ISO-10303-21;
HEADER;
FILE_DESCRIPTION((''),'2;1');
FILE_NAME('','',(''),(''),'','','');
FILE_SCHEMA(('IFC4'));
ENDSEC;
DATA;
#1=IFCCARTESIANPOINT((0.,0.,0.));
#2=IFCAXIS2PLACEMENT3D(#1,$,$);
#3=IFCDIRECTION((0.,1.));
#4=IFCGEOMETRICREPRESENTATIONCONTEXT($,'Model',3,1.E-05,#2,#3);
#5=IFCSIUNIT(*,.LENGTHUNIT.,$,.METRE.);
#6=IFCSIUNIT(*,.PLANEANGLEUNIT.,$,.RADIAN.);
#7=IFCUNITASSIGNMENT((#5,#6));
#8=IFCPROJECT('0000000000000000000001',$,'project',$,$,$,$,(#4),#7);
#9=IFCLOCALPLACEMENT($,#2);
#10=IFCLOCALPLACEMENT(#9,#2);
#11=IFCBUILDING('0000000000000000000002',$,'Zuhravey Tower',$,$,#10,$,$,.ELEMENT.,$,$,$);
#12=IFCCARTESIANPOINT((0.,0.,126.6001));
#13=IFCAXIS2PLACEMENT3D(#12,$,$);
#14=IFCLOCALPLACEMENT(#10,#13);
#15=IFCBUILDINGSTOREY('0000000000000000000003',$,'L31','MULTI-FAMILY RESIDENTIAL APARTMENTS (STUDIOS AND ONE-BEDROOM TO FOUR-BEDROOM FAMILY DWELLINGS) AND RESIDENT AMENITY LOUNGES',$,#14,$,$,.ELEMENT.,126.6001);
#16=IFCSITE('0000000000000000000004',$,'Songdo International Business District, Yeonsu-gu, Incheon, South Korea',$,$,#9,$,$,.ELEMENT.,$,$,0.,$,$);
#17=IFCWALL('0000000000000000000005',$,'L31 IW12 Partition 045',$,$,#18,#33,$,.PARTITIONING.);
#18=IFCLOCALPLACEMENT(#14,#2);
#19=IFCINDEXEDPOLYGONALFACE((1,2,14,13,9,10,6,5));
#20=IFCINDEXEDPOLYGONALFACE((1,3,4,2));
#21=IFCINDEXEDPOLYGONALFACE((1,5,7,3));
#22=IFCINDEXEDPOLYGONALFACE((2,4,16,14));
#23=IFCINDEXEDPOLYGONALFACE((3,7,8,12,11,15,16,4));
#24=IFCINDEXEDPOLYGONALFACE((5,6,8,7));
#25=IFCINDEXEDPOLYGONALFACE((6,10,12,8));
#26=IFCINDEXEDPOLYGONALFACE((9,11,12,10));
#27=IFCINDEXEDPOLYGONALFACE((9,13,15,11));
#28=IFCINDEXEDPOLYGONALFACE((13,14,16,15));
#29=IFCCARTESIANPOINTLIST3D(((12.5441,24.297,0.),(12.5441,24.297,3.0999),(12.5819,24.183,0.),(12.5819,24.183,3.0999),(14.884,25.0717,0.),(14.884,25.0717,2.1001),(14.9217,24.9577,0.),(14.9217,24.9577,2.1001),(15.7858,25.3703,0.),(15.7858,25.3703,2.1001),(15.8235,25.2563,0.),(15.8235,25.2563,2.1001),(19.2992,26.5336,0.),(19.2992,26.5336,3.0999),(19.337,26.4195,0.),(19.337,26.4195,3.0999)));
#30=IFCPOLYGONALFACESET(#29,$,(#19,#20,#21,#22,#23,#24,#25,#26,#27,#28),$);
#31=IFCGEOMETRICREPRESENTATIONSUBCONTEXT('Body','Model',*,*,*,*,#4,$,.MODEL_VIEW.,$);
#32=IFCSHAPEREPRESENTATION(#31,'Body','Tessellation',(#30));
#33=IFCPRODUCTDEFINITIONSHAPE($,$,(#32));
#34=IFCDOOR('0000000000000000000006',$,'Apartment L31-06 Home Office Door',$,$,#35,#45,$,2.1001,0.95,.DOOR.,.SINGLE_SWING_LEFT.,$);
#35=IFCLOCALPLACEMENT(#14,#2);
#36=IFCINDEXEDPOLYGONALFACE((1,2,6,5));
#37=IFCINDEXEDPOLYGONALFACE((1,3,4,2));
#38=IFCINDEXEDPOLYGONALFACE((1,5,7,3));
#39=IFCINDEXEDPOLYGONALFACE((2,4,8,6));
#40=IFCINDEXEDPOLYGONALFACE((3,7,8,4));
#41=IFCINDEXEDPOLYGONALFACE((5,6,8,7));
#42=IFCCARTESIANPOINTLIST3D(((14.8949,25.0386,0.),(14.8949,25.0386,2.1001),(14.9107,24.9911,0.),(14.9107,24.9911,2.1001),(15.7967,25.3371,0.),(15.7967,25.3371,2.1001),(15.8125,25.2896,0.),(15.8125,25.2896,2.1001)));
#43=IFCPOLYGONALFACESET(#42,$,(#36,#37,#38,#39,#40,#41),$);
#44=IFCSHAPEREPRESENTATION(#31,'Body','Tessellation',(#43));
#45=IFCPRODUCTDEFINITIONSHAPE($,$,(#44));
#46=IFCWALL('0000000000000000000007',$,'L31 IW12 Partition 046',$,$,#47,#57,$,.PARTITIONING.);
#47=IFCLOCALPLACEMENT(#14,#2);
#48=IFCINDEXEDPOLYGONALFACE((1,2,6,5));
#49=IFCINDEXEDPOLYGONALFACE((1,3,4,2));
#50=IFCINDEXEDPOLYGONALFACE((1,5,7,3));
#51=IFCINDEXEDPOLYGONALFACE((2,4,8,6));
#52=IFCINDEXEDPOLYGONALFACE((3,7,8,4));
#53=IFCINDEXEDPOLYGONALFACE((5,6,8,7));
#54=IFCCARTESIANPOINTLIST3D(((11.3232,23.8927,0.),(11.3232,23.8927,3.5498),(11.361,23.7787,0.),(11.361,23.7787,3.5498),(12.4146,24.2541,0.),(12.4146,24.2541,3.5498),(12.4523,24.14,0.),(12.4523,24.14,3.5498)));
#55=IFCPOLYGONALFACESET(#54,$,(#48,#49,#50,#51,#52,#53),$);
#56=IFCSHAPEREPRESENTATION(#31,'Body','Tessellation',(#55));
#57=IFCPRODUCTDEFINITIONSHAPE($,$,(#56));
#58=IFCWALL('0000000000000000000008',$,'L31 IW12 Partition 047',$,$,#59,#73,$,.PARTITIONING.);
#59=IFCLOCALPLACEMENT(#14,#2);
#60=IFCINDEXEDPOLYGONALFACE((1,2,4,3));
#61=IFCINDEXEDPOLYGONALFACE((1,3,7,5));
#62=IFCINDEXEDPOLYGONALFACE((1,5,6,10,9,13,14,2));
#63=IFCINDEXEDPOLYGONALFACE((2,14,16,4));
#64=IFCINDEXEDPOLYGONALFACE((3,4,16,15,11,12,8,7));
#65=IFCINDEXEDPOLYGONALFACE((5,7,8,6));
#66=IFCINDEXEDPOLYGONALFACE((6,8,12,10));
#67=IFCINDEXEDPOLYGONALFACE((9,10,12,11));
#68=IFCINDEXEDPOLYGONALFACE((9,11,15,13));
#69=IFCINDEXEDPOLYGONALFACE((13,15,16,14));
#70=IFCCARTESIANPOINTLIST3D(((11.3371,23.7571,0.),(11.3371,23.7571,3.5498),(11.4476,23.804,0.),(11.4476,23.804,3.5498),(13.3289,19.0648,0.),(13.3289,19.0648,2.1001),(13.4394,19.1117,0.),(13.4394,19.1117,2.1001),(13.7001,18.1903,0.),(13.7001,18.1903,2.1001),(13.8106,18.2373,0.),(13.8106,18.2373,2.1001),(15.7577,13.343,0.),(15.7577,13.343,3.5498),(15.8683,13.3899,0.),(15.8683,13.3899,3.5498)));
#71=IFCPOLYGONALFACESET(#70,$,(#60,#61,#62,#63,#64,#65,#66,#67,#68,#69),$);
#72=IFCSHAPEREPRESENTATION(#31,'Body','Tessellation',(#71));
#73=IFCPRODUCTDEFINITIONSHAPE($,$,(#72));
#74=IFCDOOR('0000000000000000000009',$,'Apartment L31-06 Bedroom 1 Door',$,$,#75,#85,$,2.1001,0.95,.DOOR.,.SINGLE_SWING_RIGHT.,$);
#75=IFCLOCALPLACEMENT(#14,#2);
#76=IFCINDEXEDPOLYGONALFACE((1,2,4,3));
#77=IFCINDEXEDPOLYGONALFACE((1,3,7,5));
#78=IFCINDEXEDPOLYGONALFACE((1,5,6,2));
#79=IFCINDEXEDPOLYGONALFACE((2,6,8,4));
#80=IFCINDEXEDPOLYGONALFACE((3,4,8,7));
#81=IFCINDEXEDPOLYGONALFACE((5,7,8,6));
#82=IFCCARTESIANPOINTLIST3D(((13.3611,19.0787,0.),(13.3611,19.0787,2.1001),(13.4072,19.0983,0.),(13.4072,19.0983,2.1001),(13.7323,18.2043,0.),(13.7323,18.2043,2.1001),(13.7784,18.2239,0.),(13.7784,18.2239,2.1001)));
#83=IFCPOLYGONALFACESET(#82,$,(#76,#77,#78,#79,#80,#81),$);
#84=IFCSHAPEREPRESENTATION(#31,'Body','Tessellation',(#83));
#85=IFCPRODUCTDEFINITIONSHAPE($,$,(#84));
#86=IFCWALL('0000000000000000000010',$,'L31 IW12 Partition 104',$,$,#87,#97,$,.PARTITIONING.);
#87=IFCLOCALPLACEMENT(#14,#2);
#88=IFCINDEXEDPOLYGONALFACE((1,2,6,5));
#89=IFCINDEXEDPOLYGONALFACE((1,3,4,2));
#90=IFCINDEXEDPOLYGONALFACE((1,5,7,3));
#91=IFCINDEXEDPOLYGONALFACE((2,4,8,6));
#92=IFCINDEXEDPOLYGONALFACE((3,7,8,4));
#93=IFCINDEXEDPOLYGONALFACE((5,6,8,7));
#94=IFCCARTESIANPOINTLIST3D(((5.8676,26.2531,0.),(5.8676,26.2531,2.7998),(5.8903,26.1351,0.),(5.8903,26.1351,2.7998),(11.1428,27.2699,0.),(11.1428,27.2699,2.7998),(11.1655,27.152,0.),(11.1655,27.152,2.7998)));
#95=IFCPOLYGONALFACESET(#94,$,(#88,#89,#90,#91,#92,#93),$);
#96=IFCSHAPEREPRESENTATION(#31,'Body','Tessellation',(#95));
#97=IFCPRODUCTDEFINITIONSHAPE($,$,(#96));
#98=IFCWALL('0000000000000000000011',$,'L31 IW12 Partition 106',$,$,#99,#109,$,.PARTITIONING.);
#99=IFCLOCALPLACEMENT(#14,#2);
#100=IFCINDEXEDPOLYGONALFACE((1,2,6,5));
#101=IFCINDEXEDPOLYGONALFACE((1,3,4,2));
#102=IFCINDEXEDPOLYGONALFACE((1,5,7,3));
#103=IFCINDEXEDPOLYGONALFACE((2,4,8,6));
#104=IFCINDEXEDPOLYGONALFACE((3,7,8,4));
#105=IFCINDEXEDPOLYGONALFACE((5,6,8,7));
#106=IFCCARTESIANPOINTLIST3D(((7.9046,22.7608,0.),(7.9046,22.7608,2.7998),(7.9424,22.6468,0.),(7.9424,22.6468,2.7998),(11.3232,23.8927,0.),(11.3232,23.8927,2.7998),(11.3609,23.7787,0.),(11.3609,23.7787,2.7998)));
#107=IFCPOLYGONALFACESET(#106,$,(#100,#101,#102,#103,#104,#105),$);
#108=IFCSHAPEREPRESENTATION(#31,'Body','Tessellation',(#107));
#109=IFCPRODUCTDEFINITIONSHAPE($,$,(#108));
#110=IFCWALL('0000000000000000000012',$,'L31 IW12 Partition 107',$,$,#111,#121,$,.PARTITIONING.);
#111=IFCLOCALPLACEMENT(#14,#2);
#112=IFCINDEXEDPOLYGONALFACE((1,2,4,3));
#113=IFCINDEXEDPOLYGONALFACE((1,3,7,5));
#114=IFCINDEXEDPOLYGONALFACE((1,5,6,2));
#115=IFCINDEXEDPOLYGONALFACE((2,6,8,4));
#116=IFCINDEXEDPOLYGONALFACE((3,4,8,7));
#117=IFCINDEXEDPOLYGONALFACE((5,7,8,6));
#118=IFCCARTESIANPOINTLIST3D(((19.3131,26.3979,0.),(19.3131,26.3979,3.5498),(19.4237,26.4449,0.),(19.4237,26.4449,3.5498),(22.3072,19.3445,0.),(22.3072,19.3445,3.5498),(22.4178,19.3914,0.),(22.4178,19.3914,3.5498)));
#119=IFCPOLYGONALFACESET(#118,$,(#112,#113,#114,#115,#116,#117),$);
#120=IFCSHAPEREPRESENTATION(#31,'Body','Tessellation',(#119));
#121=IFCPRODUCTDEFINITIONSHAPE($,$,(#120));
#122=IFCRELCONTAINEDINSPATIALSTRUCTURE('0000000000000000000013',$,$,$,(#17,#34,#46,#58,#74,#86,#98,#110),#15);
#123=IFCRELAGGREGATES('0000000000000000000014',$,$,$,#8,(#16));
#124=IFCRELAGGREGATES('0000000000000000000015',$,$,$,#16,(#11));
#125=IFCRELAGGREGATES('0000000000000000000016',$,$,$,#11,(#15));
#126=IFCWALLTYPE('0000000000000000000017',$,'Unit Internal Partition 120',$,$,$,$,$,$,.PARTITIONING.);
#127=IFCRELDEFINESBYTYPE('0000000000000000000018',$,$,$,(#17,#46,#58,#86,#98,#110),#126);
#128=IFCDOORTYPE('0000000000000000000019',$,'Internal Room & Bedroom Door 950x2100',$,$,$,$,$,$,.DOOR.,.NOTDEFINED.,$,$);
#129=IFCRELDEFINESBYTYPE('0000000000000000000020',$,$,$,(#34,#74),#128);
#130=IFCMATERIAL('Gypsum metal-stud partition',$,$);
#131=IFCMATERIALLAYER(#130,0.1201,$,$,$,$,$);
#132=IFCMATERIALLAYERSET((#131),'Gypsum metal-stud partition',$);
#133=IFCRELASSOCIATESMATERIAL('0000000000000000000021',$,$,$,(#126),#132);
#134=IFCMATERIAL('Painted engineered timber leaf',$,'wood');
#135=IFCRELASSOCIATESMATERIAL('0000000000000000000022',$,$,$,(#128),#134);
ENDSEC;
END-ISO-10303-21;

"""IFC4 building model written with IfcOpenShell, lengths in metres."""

from ifc_helpers import new_model, si_unit, direction, frame, frame_2d, origin, place, context, subcontext, project, spatial, rectangle, extrude, material, layer, layer_set, type_object, element, fill, save


model = new_model("IFC4")

# Units and contexts
model_context = context("Model", 3, precision=1e-05, world=origin(), true_north=direction((0.0, 1.0)))
body_context = subcontext(model_context, "Body", "Model", "MODEL_VIEW")
ifc_project = project(units=[si_unit("LENGTHUNIT", "METRE"), si_unit("PLANEANGLEUNIT", "RADIAN")], contexts=[model_context])

# Site, building, storey
site_placement = place(None, origin())
site = spatial("IfcSite", under=ifc_project, at=site_placement, Name="Songdo International Business District, Yeonsu-gu, Incheon, South Korea", CompositionType="ELEMENT", RefElevation=0.0)
building_placement = place(site_placement, origin())
building = spatial("IfcBuilding", under=site, at=building_placement, Name="Zuhravey Tower", CompositionType="ELEMENT")
storey_placement = place(building_placement, frame((0.0, 0.0, 126.6001)))
storey = spatial("IfcBuildingStorey", under=building, at=storey_placement, Name="L31", Description="MULTI-FAMILY RESIDENTIAL APARTMENTS (STUDIOS AND ONE-BEDROOM TO FOUR-BEDROOM FAMILY DWELLINGS) AND RESIDENT AMENITY LOUNGES", CompositionType="ELEMENT", Elevation=126.6001)

# Shared definitions
ifc_material_1 = material(Name="Gypsum metal-stud partition")
ifc_layer_1 = layer(ifc_material_1, 0.1201)
ifc_layer_set_1 = layer_set([ifc_layer_1], Name="Gypsum metal-stud partition")
wall_type_1 = type_object("IfcWallType", Name="Unit Internal Partition 120", PredefinedType="PARTITIONING", material=ifc_layer_set_1)
ifc_material_2 = material(Name="Painted engineered timber leaf", Category="wood")
door_type = type_object("IfcDoorType", Name="Internal Room & Bedroom Door 950x2100", OperationType="NOTDEFINED", PredefinedType="DOOR", material=ifc_material_2)

# Wall, opening, door
wall_1_placement = place(storey_placement, frame((19.3181, 26.4766, 0.0), z_axis=(0.0, 0.0, 1.0), x_axis=(-0.94932, -0.314313, 0.0)))
wall_1 = element("IfcWall", 1, at=wall_1_placement, inside=storey, type_object=wall_type_1, Name="L31 IW12 Partition 045", PredefinedType="PARTITIONING", context=body_context, shape_type="SweptSolid", body=[
    extrude(rectangle(XDim=7.1157, YDim=0.1201, at=frame_2d((3.5579, 0.0))), origin(), (0.0, 0.0, 1.0), 3.0999),
])
opening_1_placement = place(wall_1_placement, frame((3.7009, 0.0, 0.0)))
opening_1 = element("IfcOpeningElement", 2, at=opening_1_placement, cuts=wall_1, PredefinedType="OPENING", context=body_context, shape_type="SweptSolid", body=[
    extrude(rectangle(XDim=0.95, YDim=2.1001, at=frame_2d((0.4751, 1.05))), frame((0.0, 0.072, 0.0), z_axis=(0.0, -1.0, 0.0), x_axis=(1.0, 0.0, 0.0)), (0.0, 0.0, 1.0), 0.144),
])
door_1_placement = place(opening_1_placement, origin())
door_1 = element("IfcDoor", 3, at=door_1_placement, inside=storey, type_object=door_type, Name="Apartment L31-06 Home Office Door", OperationType="SINGLE_SWING_LEFT", OverallHeight=2.1001, OverallWidth=0.95, PredefinedType="DOOR", context=body_context, shape_type="SweptSolid", body=[
    extrude(rectangle(XDim=0.95, YDim=2.1001, at=frame_2d((0.4751, 1.05))), frame((0.0, 0.0249, 0.0), z_axis=(0.0, -1.0, 0.0), x_axis=(1.0, 0.0, 0.0)), (0.0, 0.0, 1.0), 0.05),
])
fill(opening_1, door_1)

# Wall
wall_2_placement = place(storey_placement, frame((12.4333, 24.197, 0.0), z_axis=(0.0, 0.0, 1.0), x_axis=(-0.949318, -0.314316, 0.0)))
element("IfcWall", 4, at=wall_2_placement, inside=storey, type_object=wall_type_1, Name="L31 IW12 Partition 046", PredefinedType="PARTITIONING", context=body_context, shape_type="SweptSolid", body=[
    extrude(rectangle(XDim=1.1497, YDim=0.1201, at=frame_2d((0.5747, 0.0))), origin(), (0.0, 0.0, 1.0), 3.5498),
])

# Wall, opening, door
wall_3_placement = place(storey_placement, frame((11.3923, 23.7805, 0.0), z_axis=(0.0, 0.0, 1.0), x_axis=(0.390742, -0.9205, 0.0)))
wall_3 = element("IfcWall", 5, at=wall_3_placement, inside=storey, type_object=wall_type_1, Name="L31 IW12 Partition 047", PredefinedType="PARTITIONING", context=body_context, shape_type="SweptSolid", body=[
    extrude(rectangle(XDim=11.3135, YDim=0.1201, at=frame_2d((5.6567, 0.0))), origin(), (0.0, 0.0, 1.0), 3.5498),
])
opening_2_placement = place(wall_3_placement, frame((5.0974, 0.0, 0.0)))
opening_2 = element("IfcOpeningElement", 6, at=opening_2_placement, cuts=wall_3, PredefinedType="OPENING", context=body_context, shape_type="SweptSolid", body=[
    extrude(rectangle(XDim=0.95, YDim=2.1001, at=frame_2d((0.4751, 1.05))), frame((0.0, 0.072, 0.0), z_axis=(0.0, -1.0, 0.0), x_axis=(1.0, 0.0, 0.0)), (0.0, 0.0, 1.0), 0.144),
])
door_2_placement = place(opening_2_placement, frame((0.95, 0.0, 0.0), z_axis=(0.0, 0.0, 1.0), x_axis=(-1.0, 0.0, 0.0)))
door_2 = element("IfcDoor", 7, at=door_2_placement, inside=storey, type_object=door_type, Name="Apartment L31-06 Bedroom 1 Door", OperationType="SINGLE_SWING_RIGHT", OverallHeight=2.1001, OverallWidth=0.95, PredefinedType="DOOR", context=body_context, shape_type="SweptSolid", body=[
    extrude(rectangle(XDim=0.95, YDim=2.1001, at=frame_2d((0.4751, 1.05))), frame((0.0, 0.0249, 0.0), z_axis=(0.0, -1.0, 0.0), x_axis=(1.0, 0.0, 0.0)), (0.0, 0.0, 1.0), 0.05),
])
fill(opening_2, door_2)

# Walls
wall_4_placement = place(storey_placement, frame((11.1541, 27.2109, 0.0), z_axis=(0.0, 0.0, 1.0), x_axis=(-0.981924, -0.189277, 0.0)))
element("IfcWall", 8, at=wall_4_placement, inside=storey, type_object=wall_type_1, Name="L31 IW12 Partition 104", PredefinedType="PARTITIONING", context=body_context, shape_type="SweptSolid", body=[
    extrude(rectangle(XDim=5.3723, YDim=0.1201, at=frame_2d((2.686, 0.0))), origin(), (0.0, 0.0, 1.0), 2.7998),
])
wall_5_placement = place(storey_placement, frame((11.342, 23.8357, 0.0), z_axis=(0.0, 0.0, 1.0), x_axis=(-0.949319, -0.314315, 0.0)))
element("IfcWall", 9, at=wall_5_placement, inside=storey, type_object=wall_type_1, Name="L31 IW12 Partition 106", PredefinedType="PARTITIONING", context=body_context, shape_type="SweptSolid", body=[
    extrude(rectangle(XDim=3.6011, YDim=0.1201, at=frame_2d((1.8005, 0.0))), origin(), (0.0, 0.0, 1.0), 2.7998),
])
wall_6_placement = place(storey_placement, frame((19.3684, 26.4214, 0.0), z_axis=(0.0, 0.0, 1.0), x_axis=(0.390745, -0.920499, 0.0)))
element("IfcWall", 10, at=wall_6_placement, inside=storey, type_object=wall_type_1, Name="L31 IW12 Partition 107", PredefinedType="PARTITIONING", context=body_context, shape_type="SweptSolid", body=[
    extrude(rectangle(XDim=7.6626, YDim=0.1201, at=frame_2d((3.8313, 0.0))), origin(), (0.0, 0.0, 1.0), 3.5498),
])

save(model, "model.ifc")
